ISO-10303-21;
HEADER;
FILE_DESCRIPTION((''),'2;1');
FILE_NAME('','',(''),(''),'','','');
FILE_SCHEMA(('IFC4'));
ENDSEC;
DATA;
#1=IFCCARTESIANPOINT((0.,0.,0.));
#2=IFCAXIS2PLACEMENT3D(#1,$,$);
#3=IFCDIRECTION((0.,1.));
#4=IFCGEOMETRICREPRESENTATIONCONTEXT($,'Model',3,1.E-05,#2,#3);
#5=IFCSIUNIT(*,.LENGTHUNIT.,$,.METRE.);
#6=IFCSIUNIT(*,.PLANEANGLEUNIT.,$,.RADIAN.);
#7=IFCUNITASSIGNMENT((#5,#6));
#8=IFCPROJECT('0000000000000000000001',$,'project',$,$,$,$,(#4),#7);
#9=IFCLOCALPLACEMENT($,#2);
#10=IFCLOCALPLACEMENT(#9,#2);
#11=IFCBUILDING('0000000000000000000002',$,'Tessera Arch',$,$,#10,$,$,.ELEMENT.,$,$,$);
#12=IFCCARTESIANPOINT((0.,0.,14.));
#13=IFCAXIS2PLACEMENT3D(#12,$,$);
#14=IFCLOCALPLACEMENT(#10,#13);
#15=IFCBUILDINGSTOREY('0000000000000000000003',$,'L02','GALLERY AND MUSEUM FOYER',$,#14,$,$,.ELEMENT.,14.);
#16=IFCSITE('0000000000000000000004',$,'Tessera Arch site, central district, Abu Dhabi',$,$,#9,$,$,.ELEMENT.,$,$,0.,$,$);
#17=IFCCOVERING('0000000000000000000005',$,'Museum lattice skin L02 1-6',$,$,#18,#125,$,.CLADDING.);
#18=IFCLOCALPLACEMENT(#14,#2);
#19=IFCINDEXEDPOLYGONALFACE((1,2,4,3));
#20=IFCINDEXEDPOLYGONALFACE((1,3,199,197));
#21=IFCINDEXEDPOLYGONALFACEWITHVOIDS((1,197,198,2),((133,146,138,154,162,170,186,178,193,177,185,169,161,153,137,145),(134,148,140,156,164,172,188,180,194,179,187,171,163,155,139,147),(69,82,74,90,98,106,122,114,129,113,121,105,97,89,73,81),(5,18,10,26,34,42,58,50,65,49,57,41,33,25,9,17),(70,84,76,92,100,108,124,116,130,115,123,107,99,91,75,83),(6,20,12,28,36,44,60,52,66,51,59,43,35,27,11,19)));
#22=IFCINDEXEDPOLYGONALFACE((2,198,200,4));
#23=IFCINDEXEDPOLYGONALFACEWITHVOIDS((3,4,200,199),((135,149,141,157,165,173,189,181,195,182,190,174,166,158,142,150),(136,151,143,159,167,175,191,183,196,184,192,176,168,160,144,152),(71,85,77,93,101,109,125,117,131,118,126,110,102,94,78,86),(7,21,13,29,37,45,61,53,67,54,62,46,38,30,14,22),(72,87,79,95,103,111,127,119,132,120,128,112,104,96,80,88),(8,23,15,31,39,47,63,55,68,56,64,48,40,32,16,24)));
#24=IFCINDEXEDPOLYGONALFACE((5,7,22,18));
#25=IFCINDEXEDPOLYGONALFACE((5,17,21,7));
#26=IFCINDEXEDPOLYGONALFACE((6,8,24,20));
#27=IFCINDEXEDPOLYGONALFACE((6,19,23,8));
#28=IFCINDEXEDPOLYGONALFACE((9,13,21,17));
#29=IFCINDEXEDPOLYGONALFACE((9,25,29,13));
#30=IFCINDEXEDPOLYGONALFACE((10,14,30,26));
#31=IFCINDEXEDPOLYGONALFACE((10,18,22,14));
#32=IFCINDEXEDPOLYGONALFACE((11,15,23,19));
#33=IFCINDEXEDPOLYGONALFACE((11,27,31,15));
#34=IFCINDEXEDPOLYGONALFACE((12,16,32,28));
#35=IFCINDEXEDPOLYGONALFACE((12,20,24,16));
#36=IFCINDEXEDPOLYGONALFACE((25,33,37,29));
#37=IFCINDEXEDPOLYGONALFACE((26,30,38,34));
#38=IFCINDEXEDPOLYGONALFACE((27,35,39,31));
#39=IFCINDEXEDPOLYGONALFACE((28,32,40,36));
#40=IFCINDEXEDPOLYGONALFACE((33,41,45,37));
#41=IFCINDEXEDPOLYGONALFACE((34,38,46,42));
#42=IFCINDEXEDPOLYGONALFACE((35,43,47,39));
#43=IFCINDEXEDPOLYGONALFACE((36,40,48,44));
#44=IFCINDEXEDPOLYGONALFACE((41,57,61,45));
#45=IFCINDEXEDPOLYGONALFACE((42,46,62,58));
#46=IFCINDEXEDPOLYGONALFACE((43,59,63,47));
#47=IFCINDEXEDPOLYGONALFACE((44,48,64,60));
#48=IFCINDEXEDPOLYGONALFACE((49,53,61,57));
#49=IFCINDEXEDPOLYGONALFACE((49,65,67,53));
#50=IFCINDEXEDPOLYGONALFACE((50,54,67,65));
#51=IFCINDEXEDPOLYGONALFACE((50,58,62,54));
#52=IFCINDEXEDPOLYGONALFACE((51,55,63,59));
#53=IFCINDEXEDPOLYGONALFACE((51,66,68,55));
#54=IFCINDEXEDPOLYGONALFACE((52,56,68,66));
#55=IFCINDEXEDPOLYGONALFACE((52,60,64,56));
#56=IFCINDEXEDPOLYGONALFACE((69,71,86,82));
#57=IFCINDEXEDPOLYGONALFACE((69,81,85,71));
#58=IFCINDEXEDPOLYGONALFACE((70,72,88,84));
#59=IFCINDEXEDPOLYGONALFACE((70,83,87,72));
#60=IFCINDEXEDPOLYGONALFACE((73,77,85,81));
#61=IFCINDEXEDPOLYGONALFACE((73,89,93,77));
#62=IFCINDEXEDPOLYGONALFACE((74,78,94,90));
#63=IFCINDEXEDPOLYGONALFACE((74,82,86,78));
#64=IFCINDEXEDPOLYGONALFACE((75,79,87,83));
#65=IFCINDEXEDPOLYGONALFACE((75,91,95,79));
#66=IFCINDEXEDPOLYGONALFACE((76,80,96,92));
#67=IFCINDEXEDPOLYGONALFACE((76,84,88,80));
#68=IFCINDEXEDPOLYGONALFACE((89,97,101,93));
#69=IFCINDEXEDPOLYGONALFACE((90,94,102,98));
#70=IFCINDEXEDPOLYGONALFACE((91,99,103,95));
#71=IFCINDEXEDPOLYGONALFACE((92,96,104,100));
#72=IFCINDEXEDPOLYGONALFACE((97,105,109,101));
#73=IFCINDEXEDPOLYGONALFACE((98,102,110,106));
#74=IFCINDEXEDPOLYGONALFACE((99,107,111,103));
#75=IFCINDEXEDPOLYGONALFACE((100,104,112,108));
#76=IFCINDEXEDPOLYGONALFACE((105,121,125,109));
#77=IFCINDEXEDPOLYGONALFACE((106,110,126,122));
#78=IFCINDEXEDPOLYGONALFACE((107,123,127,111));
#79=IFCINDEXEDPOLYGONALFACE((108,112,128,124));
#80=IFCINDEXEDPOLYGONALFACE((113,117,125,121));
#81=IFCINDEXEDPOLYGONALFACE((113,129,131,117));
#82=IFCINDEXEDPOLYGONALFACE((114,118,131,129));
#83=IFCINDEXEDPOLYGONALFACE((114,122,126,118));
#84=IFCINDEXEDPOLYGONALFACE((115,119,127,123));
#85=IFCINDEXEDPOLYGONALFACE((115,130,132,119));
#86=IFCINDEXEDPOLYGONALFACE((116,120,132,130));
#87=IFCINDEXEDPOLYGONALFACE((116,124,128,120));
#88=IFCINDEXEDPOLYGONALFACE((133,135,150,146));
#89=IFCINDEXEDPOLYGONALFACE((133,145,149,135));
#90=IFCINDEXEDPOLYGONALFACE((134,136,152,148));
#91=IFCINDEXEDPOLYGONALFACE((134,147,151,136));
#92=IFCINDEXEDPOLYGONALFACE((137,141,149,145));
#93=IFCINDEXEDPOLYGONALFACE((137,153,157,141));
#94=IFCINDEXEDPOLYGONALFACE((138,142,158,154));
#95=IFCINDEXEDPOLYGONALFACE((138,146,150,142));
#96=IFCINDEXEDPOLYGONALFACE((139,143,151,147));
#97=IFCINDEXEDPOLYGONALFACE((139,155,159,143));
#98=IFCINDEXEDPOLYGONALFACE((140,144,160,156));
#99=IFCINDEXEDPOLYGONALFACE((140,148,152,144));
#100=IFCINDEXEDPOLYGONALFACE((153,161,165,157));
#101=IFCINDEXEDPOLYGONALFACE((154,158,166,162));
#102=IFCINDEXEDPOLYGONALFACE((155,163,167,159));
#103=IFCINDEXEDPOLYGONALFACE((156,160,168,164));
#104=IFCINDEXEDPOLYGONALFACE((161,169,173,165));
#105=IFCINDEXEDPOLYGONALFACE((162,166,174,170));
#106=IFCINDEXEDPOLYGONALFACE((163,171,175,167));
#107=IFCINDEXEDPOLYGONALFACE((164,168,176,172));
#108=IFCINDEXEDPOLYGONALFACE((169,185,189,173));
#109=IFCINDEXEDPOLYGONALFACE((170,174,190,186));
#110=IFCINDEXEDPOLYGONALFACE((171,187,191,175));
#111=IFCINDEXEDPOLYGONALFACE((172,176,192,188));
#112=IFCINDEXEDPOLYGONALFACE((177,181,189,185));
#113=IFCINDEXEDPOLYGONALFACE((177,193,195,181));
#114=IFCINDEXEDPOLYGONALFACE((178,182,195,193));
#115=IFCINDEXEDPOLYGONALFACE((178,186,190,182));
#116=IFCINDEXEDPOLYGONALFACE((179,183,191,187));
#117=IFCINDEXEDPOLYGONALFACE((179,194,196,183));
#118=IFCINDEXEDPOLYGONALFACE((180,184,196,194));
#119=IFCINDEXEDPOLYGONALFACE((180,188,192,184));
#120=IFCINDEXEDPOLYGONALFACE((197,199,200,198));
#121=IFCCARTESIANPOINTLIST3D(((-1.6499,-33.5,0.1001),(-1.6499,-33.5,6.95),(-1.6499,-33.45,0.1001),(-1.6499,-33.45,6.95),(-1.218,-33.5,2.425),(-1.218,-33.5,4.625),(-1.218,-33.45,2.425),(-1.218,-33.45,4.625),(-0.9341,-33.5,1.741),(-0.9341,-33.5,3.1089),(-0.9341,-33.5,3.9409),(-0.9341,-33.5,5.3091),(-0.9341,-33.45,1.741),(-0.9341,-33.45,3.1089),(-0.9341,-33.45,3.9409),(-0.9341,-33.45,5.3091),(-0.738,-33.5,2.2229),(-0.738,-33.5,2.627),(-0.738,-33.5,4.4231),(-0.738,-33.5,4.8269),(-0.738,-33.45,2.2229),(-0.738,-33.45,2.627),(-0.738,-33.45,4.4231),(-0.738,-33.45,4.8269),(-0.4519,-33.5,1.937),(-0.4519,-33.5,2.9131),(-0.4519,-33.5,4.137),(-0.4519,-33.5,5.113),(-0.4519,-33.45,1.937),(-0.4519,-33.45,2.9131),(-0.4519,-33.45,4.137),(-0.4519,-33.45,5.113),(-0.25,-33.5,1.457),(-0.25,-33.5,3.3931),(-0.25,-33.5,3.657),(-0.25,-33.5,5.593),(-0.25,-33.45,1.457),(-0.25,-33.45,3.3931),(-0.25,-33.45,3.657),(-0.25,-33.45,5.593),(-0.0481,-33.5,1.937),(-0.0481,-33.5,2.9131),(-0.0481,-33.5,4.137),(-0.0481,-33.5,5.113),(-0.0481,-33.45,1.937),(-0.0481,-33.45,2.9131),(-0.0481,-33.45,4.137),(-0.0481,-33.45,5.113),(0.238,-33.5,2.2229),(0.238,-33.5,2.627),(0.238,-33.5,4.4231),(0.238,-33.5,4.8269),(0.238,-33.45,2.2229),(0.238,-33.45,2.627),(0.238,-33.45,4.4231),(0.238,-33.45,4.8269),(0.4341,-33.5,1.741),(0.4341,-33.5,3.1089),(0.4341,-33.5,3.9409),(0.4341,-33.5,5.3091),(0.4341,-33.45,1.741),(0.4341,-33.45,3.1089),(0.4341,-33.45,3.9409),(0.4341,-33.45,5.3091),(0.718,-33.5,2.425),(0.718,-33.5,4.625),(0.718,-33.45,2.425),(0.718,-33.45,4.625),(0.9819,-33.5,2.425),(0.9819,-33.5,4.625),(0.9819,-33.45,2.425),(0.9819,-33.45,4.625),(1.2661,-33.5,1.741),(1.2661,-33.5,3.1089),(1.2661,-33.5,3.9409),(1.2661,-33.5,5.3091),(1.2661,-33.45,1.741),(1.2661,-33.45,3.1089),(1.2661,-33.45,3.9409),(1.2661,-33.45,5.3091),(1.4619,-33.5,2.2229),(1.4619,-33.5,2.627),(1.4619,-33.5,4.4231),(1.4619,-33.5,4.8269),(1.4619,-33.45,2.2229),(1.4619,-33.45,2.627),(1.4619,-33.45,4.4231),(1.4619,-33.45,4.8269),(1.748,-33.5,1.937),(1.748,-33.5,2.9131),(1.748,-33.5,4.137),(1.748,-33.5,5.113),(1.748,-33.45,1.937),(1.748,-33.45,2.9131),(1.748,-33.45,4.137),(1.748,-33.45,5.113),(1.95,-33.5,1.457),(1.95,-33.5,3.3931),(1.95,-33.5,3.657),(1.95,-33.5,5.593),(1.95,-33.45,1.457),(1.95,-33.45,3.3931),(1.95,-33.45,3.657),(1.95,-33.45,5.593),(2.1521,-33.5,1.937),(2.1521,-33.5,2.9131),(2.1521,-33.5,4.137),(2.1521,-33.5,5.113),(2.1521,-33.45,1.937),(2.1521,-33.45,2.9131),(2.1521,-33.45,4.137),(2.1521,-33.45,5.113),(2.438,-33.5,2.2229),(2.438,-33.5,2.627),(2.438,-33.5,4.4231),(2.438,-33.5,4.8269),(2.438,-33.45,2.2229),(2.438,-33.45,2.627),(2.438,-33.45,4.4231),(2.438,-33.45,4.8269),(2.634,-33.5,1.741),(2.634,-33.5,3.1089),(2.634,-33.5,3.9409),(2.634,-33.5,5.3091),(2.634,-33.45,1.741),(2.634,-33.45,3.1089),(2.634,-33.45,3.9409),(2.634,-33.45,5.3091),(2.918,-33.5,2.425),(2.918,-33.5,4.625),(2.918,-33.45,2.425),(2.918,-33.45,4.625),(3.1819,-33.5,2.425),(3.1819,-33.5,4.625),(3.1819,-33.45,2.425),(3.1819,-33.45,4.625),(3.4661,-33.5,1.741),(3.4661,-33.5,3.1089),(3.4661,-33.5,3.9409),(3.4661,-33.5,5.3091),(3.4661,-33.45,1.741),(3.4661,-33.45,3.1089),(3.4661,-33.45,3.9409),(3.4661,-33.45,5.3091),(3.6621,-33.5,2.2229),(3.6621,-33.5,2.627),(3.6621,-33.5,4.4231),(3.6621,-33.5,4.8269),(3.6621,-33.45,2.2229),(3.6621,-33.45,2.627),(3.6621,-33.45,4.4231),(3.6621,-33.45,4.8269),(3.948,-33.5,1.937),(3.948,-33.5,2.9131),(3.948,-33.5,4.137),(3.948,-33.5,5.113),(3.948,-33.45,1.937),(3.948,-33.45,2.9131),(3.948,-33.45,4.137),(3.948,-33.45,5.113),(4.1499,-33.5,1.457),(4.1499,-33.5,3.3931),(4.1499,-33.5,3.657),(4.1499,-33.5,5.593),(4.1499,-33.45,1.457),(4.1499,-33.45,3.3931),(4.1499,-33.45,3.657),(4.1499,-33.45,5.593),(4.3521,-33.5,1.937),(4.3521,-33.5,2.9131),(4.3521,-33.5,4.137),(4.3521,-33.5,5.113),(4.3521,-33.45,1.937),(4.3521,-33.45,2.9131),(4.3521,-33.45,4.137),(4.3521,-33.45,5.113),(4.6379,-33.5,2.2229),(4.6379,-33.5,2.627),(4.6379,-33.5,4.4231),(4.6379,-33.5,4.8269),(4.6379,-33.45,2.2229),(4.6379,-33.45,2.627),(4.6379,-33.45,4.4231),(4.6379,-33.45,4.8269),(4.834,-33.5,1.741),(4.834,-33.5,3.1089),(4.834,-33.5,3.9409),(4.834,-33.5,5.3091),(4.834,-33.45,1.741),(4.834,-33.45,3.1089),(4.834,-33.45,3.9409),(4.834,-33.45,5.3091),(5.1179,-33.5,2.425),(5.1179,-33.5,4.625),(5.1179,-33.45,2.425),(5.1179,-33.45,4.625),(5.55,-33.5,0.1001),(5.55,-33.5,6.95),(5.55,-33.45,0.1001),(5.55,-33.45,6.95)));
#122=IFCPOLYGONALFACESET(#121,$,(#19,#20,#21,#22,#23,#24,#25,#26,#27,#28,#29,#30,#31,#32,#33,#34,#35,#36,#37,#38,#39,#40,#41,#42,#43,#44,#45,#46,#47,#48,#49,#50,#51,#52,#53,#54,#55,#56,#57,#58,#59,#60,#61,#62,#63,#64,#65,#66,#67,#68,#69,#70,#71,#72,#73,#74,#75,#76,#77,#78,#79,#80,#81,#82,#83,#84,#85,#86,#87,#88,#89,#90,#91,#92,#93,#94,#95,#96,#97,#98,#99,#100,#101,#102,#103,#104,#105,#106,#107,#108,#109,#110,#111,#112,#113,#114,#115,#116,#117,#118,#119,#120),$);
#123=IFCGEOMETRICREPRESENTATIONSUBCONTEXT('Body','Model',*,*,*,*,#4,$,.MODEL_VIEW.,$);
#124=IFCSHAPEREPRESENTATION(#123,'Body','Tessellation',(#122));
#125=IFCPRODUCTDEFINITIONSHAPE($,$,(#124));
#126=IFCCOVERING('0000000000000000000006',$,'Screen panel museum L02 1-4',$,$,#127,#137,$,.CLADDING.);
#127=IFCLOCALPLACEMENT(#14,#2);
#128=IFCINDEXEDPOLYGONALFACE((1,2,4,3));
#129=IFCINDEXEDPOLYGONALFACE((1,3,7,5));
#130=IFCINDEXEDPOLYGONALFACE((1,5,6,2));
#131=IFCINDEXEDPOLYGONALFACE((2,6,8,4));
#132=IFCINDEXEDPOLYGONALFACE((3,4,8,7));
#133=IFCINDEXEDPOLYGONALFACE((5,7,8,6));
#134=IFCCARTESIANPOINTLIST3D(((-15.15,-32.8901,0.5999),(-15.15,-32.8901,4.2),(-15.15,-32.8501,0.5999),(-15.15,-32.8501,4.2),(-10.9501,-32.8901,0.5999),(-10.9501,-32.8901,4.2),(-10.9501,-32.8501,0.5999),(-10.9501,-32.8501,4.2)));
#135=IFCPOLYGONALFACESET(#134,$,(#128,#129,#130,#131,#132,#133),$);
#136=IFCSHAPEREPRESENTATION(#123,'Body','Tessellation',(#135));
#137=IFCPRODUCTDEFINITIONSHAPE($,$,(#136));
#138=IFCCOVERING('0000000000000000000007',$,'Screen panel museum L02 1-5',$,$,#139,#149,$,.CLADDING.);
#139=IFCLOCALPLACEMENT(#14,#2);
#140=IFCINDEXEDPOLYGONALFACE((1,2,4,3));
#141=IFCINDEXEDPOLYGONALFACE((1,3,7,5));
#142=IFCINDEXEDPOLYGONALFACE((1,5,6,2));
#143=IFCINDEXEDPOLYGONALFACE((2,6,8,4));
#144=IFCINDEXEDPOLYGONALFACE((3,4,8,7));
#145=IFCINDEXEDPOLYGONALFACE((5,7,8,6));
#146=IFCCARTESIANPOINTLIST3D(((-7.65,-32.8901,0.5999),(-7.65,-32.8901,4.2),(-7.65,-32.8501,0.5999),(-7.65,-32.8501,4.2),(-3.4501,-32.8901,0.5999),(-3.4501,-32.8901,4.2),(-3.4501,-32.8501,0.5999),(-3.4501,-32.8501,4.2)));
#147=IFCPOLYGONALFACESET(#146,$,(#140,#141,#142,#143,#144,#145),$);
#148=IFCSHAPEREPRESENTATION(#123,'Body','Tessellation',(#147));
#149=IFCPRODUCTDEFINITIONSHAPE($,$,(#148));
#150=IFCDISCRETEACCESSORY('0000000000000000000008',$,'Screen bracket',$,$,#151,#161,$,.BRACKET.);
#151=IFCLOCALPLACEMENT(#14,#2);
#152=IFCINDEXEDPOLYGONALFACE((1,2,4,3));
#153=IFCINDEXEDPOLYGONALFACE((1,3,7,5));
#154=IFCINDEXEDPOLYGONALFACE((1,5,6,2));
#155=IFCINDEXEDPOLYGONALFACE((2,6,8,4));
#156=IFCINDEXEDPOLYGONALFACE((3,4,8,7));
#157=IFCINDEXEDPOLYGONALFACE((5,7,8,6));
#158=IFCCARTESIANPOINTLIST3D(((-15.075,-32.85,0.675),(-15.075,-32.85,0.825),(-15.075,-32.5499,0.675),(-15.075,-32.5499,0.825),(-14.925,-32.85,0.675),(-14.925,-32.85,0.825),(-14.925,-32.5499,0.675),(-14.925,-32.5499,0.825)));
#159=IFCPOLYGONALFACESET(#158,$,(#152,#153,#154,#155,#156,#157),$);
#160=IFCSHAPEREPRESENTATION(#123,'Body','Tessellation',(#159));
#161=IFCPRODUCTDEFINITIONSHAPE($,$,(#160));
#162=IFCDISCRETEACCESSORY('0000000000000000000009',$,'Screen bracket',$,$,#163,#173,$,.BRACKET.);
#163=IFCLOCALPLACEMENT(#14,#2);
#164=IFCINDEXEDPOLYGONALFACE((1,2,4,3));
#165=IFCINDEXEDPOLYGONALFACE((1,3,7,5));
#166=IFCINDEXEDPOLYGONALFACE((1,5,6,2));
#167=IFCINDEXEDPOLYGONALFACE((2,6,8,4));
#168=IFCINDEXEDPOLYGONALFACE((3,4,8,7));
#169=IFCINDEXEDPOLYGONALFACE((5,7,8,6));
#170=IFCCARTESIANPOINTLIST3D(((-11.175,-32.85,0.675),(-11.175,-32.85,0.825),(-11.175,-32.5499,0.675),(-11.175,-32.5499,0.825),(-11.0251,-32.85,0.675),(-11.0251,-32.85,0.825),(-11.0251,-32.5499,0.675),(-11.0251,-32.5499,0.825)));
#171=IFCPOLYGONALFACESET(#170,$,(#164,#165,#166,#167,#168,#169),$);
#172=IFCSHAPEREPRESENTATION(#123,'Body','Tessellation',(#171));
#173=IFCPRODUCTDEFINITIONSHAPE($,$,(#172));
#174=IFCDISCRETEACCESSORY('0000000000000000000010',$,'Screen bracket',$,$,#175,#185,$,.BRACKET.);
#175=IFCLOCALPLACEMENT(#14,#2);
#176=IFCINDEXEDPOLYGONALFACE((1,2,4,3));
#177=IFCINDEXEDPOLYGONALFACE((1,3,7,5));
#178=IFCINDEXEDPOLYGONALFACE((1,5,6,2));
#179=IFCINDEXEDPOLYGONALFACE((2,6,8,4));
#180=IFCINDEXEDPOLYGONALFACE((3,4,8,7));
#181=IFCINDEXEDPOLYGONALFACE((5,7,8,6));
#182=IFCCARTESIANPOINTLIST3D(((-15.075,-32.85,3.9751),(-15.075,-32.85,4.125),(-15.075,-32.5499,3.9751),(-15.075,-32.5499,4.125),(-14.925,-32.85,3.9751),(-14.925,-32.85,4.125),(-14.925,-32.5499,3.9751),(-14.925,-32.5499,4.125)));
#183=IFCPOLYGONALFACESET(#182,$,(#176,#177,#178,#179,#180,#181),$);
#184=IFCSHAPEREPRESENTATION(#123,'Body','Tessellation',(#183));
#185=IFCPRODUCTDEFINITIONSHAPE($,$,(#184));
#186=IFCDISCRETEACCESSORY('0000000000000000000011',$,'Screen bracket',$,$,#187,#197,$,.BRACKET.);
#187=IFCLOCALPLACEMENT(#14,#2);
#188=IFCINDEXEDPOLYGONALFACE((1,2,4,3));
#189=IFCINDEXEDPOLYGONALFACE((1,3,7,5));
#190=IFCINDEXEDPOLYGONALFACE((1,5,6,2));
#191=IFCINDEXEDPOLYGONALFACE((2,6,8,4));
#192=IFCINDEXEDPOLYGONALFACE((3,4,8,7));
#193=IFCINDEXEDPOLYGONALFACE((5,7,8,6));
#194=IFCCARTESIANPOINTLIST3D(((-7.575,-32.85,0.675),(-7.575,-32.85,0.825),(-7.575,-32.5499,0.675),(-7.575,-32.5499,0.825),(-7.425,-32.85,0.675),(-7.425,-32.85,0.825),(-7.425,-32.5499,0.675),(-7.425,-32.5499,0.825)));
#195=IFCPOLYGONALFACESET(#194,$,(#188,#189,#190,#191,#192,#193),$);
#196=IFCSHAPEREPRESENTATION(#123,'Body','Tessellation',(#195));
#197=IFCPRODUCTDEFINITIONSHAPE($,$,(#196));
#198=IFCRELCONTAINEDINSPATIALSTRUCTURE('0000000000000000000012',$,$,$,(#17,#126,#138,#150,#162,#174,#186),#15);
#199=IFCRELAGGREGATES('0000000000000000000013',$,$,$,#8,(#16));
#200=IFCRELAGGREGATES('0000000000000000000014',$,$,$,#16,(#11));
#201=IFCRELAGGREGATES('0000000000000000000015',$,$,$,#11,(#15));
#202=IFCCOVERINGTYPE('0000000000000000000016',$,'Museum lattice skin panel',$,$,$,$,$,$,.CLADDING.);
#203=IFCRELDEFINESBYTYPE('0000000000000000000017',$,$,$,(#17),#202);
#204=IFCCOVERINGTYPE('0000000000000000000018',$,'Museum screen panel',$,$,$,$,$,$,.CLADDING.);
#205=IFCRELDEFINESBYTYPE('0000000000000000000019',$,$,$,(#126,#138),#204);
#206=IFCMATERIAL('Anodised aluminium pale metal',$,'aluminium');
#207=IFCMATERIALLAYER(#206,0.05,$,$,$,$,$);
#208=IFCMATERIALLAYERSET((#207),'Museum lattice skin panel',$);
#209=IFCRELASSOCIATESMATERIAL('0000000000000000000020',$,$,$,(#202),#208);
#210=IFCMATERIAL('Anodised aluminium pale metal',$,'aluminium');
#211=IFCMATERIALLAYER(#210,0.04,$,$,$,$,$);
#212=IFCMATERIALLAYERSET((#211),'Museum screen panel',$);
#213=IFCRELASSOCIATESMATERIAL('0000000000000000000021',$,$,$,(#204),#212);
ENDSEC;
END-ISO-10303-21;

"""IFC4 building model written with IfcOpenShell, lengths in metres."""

from ifc_helpers import new_model, si_unit, direction, frame, origin, origin_2d, place, context, subcontext, project, spatial, polyline, rectangle, outline, extrude, material, layer, layer_set, type_object, element, save


model = new_model("IFC4")

# Units and contexts
model_context = context("Model", 3, precision=1e-05, world=origin(), true_north=direction((0.0, 1.0)))
body_context = subcontext(model_context, "Body", "Model", "MODEL_VIEW")
ifc_project = project(units=[si_unit("LENGTHUNIT", "METRE"), si_unit("PLANEANGLEUNIT", "RADIAN")], contexts=[model_context])

# Site, building, storey
site_placement = place(None, origin())
site = spatial("IfcSite", under=ifc_project, at=site_placement, Name="Tessera Arch site, central district, Abu Dhabi", CompositionType="ELEMENT", RefElevation=0.0)
building_placement = place(site_placement, origin())
building = spatial("IfcBuilding", under=site, at=building_placement, Name="Tessera Arch", CompositionType="ELEMENT")
storey_placement = place(building_placement, frame((0.0, 0.0, 14.0)))
storey = spatial("IfcBuildingStorey", under=building, at=storey_placement, Name="L02", Description="GALLERY AND MUSEUM FOYER", CompositionType="ELEMENT", Elevation=14.0)

# Coverings
ifc_material_1 = material(Name="Anodised aluminium pale metal", Category="aluminium")
ifc_layer_1 = layer(ifc_material_1, 0.05)
ifc_layer_set_1 = layer_set([ifc_layer_1], Name="Museum lattice skin panel")
covering_type_1 = type_object("IfcCoveringType", Name="Museum lattice skin panel", PredefinedType="CLADDING", material=ifc_layer_set_1)
covering_1_placement = place(storey_placement, frame((-1.6499, -33.45, 6.95), z_axis=(0.0, 1.0, 0.0), x_axis=(1.0, 0.0, 0.0)))
element("IfcCovering", 1, at=covering_1_placement, inside=storey, type_object=covering_type_1, Name="Museum lattice skin L02 1-6", PredefinedType="CLADDING", context=body_context, shape_type="SweptSolid", body=[
    extrude(outline(polyline([(0.0, 0.0), (7.2, 0.0), (7.2, 6.8499), (0.0, 6.8499), (0.0, 0.0)]), holes=[polyline([(2.3679, 4.5249), (1.8879, 4.323), (2.084, 3.8411), (1.6018, 4.0369), (1.3999, 3.5569), (1.198, 4.0369), (0.7158, 3.8411), (0.9119, 4.323), (0.4319, 4.5249), (0.9119, 4.7271), (0.7158, 5.209), (1.198, 5.0129), (1.3999, 5.4929), (1.6018, 5.0129), (2.084, 5.209), (1.8879, 4.7271), (2.3679, 4.5249)]), polyline([(2.3679, 2.325), (1.8879, 2.123), (2.084, 1.6409), (1.6018, 1.8369), (1.3999, 1.3569), (1.198, 1.8369), (0.7158, 1.6409), (0.9119, 2.123), (0.4319, 2.325), (0.9119, 2.5269), (0.7158, 3.009), (1.198, 2.813), (1.3999, 3.293), (1.6018, 2.813), (2.084, 3.009), (1.8879, 2.5269), (2.3679, 2.325)]), polyline([(4.5679, 4.5249), (4.0879, 4.323), (4.2839, 3.8411), (3.802, 4.0369), (3.5999, 3.5569), (3.3979, 4.0369), (2.916, 3.8411), (3.1118, 4.323), (2.6318, 4.5249), (3.1118, 4.7271), (2.916, 5.209), (3.3979, 5.0129), (3.5999, 5.4929), (3.802, 5.0129), (4.2839, 5.209), (4.0879, 4.7271), (4.5679, 4.5249)]), polyline([(4.5679, 2.325), (4.0879, 2.123), (4.2839, 1.6409), (3.802, 1.8369), (3.5999, 1.3569), (3.3979, 1.8369), (2.916, 1.6409), (3.1118, 2.123), (2.6318, 2.325), (3.1118, 2.5269), (2.916, 3.009), (3.3979, 2.813), (3.5999, 3.293), (3.802, 2.813), (4.2839, 3.009), (4.0879, 2.5269), (4.5679, 2.325)]), polyline([(6.7678, 4.5249), (6.2878, 4.323), (6.4839, 3.8411), (6.002, 4.0369), (5.7998, 3.5569), (5.5979, 4.0369), (5.116, 3.8411), (5.312, 4.323), (4.8318, 4.5249), (5.312, 4.7271), (5.116, 5.209), (5.5979, 5.0129), (5.7998, 5.4929), (6.002, 5.0129), (6.4839, 5.209), (6.2878, 4.7271), (6.7678, 4.5249)]), polyline([(6.7678, 2.325), (6.2878, 2.123), (6.4839, 1.6409), (6.002, 1.8369), (5.7998, 1.3569), (5.5979, 1.8369), (5.116, 1.6409), (5.312, 2.123), (4.8318, 2.325), (5.312, 2.5269), (5.116, 3.009), (5.5979, 2.813), (5.7998, 3.293), (6.002, 2.813), (6.4839, 3.009), (6.2878, 2.5269), (6.7678, 2.325)])]), origin(), (0.0, 0.0, -1.0), 0.05),
])
ifc_material_2 = material(Name="Anodised aluminium pale metal", Category="aluminium")
ifc_layer_2 = layer(ifc_material_2, 0.04)
ifc_layer_set_2 = layer_set([ifc_layer_2], Name="Museum screen panel")
covering_type_2 = type_object("IfcCoveringType", Name="Museum screen panel", PredefinedType="CLADDING", material=ifc_layer_set_2)
for number, where, z_axis, x_axis, name in (
    (2, (-13.05, -32.8701, 0.5999), (0.0, 0.0, 1.0), (1.0, 0.0, 0.0), "Screen panel museum L02 1-4"),
    (3, (-5.55, -32.8701, 0.5999), (0.0, 0.0, 1.0), (1.0, 0.0, 0.0), "Screen panel museum L02 1-5"),
):
    element("IfcCovering", number, at=place(storey_placement, frame(where, z_axis=z_axis, x_axis=x_axis)), inside=storey, type_object=covering_type_2, Name=name, PredefinedType="CLADDING", context=body_context, shape_type="SweptSolid", body=[
        extrude(rectangle(XDim=4.2, YDim=0.04, at=origin_2d()), origin(), (0.0, 0.0, 1.0), 3.6001),
    ])

# Discrete accessories
for number, where, z_axis, x_axis, name in (
    (4, (-15.0, -32.7, 0.675), (0.0, 0.0, 1.0), (0.0, -1.0, 0.0), "Screen bracket"),
    (5, (-11.1001, -32.7, 0.675), (0.0, 0.0, 1.0), (0.0, -1.0, 0.0), "Screen bracket"),
    (6, (-15.0, -32.7, 3.9751), (0.0, 0.0, 1.0), (0.0, -1.0, 0.0), "Screen bracket"),
    (7, (-7.5, -32.7, 0.675), (0.0, 0.0, 1.0), (0.0, -1.0, 0.0), "Screen bracket"),
):
    element("IfcDiscreteAccessory", number, at=place(storey_placement, frame(where, z_axis=z_axis, x_axis=x_axis)), inside=storey, Name=name, PredefinedType="BRACKET", context=body_context, shape_type="SweptSolid", body=[
        extrude(rectangle(XDim=0.3, YDim=0.1499, at=origin_2d()), origin(), (0.0, 0.0, 1.0), 0.1499),
    ])

save(model, "model.ifc")
